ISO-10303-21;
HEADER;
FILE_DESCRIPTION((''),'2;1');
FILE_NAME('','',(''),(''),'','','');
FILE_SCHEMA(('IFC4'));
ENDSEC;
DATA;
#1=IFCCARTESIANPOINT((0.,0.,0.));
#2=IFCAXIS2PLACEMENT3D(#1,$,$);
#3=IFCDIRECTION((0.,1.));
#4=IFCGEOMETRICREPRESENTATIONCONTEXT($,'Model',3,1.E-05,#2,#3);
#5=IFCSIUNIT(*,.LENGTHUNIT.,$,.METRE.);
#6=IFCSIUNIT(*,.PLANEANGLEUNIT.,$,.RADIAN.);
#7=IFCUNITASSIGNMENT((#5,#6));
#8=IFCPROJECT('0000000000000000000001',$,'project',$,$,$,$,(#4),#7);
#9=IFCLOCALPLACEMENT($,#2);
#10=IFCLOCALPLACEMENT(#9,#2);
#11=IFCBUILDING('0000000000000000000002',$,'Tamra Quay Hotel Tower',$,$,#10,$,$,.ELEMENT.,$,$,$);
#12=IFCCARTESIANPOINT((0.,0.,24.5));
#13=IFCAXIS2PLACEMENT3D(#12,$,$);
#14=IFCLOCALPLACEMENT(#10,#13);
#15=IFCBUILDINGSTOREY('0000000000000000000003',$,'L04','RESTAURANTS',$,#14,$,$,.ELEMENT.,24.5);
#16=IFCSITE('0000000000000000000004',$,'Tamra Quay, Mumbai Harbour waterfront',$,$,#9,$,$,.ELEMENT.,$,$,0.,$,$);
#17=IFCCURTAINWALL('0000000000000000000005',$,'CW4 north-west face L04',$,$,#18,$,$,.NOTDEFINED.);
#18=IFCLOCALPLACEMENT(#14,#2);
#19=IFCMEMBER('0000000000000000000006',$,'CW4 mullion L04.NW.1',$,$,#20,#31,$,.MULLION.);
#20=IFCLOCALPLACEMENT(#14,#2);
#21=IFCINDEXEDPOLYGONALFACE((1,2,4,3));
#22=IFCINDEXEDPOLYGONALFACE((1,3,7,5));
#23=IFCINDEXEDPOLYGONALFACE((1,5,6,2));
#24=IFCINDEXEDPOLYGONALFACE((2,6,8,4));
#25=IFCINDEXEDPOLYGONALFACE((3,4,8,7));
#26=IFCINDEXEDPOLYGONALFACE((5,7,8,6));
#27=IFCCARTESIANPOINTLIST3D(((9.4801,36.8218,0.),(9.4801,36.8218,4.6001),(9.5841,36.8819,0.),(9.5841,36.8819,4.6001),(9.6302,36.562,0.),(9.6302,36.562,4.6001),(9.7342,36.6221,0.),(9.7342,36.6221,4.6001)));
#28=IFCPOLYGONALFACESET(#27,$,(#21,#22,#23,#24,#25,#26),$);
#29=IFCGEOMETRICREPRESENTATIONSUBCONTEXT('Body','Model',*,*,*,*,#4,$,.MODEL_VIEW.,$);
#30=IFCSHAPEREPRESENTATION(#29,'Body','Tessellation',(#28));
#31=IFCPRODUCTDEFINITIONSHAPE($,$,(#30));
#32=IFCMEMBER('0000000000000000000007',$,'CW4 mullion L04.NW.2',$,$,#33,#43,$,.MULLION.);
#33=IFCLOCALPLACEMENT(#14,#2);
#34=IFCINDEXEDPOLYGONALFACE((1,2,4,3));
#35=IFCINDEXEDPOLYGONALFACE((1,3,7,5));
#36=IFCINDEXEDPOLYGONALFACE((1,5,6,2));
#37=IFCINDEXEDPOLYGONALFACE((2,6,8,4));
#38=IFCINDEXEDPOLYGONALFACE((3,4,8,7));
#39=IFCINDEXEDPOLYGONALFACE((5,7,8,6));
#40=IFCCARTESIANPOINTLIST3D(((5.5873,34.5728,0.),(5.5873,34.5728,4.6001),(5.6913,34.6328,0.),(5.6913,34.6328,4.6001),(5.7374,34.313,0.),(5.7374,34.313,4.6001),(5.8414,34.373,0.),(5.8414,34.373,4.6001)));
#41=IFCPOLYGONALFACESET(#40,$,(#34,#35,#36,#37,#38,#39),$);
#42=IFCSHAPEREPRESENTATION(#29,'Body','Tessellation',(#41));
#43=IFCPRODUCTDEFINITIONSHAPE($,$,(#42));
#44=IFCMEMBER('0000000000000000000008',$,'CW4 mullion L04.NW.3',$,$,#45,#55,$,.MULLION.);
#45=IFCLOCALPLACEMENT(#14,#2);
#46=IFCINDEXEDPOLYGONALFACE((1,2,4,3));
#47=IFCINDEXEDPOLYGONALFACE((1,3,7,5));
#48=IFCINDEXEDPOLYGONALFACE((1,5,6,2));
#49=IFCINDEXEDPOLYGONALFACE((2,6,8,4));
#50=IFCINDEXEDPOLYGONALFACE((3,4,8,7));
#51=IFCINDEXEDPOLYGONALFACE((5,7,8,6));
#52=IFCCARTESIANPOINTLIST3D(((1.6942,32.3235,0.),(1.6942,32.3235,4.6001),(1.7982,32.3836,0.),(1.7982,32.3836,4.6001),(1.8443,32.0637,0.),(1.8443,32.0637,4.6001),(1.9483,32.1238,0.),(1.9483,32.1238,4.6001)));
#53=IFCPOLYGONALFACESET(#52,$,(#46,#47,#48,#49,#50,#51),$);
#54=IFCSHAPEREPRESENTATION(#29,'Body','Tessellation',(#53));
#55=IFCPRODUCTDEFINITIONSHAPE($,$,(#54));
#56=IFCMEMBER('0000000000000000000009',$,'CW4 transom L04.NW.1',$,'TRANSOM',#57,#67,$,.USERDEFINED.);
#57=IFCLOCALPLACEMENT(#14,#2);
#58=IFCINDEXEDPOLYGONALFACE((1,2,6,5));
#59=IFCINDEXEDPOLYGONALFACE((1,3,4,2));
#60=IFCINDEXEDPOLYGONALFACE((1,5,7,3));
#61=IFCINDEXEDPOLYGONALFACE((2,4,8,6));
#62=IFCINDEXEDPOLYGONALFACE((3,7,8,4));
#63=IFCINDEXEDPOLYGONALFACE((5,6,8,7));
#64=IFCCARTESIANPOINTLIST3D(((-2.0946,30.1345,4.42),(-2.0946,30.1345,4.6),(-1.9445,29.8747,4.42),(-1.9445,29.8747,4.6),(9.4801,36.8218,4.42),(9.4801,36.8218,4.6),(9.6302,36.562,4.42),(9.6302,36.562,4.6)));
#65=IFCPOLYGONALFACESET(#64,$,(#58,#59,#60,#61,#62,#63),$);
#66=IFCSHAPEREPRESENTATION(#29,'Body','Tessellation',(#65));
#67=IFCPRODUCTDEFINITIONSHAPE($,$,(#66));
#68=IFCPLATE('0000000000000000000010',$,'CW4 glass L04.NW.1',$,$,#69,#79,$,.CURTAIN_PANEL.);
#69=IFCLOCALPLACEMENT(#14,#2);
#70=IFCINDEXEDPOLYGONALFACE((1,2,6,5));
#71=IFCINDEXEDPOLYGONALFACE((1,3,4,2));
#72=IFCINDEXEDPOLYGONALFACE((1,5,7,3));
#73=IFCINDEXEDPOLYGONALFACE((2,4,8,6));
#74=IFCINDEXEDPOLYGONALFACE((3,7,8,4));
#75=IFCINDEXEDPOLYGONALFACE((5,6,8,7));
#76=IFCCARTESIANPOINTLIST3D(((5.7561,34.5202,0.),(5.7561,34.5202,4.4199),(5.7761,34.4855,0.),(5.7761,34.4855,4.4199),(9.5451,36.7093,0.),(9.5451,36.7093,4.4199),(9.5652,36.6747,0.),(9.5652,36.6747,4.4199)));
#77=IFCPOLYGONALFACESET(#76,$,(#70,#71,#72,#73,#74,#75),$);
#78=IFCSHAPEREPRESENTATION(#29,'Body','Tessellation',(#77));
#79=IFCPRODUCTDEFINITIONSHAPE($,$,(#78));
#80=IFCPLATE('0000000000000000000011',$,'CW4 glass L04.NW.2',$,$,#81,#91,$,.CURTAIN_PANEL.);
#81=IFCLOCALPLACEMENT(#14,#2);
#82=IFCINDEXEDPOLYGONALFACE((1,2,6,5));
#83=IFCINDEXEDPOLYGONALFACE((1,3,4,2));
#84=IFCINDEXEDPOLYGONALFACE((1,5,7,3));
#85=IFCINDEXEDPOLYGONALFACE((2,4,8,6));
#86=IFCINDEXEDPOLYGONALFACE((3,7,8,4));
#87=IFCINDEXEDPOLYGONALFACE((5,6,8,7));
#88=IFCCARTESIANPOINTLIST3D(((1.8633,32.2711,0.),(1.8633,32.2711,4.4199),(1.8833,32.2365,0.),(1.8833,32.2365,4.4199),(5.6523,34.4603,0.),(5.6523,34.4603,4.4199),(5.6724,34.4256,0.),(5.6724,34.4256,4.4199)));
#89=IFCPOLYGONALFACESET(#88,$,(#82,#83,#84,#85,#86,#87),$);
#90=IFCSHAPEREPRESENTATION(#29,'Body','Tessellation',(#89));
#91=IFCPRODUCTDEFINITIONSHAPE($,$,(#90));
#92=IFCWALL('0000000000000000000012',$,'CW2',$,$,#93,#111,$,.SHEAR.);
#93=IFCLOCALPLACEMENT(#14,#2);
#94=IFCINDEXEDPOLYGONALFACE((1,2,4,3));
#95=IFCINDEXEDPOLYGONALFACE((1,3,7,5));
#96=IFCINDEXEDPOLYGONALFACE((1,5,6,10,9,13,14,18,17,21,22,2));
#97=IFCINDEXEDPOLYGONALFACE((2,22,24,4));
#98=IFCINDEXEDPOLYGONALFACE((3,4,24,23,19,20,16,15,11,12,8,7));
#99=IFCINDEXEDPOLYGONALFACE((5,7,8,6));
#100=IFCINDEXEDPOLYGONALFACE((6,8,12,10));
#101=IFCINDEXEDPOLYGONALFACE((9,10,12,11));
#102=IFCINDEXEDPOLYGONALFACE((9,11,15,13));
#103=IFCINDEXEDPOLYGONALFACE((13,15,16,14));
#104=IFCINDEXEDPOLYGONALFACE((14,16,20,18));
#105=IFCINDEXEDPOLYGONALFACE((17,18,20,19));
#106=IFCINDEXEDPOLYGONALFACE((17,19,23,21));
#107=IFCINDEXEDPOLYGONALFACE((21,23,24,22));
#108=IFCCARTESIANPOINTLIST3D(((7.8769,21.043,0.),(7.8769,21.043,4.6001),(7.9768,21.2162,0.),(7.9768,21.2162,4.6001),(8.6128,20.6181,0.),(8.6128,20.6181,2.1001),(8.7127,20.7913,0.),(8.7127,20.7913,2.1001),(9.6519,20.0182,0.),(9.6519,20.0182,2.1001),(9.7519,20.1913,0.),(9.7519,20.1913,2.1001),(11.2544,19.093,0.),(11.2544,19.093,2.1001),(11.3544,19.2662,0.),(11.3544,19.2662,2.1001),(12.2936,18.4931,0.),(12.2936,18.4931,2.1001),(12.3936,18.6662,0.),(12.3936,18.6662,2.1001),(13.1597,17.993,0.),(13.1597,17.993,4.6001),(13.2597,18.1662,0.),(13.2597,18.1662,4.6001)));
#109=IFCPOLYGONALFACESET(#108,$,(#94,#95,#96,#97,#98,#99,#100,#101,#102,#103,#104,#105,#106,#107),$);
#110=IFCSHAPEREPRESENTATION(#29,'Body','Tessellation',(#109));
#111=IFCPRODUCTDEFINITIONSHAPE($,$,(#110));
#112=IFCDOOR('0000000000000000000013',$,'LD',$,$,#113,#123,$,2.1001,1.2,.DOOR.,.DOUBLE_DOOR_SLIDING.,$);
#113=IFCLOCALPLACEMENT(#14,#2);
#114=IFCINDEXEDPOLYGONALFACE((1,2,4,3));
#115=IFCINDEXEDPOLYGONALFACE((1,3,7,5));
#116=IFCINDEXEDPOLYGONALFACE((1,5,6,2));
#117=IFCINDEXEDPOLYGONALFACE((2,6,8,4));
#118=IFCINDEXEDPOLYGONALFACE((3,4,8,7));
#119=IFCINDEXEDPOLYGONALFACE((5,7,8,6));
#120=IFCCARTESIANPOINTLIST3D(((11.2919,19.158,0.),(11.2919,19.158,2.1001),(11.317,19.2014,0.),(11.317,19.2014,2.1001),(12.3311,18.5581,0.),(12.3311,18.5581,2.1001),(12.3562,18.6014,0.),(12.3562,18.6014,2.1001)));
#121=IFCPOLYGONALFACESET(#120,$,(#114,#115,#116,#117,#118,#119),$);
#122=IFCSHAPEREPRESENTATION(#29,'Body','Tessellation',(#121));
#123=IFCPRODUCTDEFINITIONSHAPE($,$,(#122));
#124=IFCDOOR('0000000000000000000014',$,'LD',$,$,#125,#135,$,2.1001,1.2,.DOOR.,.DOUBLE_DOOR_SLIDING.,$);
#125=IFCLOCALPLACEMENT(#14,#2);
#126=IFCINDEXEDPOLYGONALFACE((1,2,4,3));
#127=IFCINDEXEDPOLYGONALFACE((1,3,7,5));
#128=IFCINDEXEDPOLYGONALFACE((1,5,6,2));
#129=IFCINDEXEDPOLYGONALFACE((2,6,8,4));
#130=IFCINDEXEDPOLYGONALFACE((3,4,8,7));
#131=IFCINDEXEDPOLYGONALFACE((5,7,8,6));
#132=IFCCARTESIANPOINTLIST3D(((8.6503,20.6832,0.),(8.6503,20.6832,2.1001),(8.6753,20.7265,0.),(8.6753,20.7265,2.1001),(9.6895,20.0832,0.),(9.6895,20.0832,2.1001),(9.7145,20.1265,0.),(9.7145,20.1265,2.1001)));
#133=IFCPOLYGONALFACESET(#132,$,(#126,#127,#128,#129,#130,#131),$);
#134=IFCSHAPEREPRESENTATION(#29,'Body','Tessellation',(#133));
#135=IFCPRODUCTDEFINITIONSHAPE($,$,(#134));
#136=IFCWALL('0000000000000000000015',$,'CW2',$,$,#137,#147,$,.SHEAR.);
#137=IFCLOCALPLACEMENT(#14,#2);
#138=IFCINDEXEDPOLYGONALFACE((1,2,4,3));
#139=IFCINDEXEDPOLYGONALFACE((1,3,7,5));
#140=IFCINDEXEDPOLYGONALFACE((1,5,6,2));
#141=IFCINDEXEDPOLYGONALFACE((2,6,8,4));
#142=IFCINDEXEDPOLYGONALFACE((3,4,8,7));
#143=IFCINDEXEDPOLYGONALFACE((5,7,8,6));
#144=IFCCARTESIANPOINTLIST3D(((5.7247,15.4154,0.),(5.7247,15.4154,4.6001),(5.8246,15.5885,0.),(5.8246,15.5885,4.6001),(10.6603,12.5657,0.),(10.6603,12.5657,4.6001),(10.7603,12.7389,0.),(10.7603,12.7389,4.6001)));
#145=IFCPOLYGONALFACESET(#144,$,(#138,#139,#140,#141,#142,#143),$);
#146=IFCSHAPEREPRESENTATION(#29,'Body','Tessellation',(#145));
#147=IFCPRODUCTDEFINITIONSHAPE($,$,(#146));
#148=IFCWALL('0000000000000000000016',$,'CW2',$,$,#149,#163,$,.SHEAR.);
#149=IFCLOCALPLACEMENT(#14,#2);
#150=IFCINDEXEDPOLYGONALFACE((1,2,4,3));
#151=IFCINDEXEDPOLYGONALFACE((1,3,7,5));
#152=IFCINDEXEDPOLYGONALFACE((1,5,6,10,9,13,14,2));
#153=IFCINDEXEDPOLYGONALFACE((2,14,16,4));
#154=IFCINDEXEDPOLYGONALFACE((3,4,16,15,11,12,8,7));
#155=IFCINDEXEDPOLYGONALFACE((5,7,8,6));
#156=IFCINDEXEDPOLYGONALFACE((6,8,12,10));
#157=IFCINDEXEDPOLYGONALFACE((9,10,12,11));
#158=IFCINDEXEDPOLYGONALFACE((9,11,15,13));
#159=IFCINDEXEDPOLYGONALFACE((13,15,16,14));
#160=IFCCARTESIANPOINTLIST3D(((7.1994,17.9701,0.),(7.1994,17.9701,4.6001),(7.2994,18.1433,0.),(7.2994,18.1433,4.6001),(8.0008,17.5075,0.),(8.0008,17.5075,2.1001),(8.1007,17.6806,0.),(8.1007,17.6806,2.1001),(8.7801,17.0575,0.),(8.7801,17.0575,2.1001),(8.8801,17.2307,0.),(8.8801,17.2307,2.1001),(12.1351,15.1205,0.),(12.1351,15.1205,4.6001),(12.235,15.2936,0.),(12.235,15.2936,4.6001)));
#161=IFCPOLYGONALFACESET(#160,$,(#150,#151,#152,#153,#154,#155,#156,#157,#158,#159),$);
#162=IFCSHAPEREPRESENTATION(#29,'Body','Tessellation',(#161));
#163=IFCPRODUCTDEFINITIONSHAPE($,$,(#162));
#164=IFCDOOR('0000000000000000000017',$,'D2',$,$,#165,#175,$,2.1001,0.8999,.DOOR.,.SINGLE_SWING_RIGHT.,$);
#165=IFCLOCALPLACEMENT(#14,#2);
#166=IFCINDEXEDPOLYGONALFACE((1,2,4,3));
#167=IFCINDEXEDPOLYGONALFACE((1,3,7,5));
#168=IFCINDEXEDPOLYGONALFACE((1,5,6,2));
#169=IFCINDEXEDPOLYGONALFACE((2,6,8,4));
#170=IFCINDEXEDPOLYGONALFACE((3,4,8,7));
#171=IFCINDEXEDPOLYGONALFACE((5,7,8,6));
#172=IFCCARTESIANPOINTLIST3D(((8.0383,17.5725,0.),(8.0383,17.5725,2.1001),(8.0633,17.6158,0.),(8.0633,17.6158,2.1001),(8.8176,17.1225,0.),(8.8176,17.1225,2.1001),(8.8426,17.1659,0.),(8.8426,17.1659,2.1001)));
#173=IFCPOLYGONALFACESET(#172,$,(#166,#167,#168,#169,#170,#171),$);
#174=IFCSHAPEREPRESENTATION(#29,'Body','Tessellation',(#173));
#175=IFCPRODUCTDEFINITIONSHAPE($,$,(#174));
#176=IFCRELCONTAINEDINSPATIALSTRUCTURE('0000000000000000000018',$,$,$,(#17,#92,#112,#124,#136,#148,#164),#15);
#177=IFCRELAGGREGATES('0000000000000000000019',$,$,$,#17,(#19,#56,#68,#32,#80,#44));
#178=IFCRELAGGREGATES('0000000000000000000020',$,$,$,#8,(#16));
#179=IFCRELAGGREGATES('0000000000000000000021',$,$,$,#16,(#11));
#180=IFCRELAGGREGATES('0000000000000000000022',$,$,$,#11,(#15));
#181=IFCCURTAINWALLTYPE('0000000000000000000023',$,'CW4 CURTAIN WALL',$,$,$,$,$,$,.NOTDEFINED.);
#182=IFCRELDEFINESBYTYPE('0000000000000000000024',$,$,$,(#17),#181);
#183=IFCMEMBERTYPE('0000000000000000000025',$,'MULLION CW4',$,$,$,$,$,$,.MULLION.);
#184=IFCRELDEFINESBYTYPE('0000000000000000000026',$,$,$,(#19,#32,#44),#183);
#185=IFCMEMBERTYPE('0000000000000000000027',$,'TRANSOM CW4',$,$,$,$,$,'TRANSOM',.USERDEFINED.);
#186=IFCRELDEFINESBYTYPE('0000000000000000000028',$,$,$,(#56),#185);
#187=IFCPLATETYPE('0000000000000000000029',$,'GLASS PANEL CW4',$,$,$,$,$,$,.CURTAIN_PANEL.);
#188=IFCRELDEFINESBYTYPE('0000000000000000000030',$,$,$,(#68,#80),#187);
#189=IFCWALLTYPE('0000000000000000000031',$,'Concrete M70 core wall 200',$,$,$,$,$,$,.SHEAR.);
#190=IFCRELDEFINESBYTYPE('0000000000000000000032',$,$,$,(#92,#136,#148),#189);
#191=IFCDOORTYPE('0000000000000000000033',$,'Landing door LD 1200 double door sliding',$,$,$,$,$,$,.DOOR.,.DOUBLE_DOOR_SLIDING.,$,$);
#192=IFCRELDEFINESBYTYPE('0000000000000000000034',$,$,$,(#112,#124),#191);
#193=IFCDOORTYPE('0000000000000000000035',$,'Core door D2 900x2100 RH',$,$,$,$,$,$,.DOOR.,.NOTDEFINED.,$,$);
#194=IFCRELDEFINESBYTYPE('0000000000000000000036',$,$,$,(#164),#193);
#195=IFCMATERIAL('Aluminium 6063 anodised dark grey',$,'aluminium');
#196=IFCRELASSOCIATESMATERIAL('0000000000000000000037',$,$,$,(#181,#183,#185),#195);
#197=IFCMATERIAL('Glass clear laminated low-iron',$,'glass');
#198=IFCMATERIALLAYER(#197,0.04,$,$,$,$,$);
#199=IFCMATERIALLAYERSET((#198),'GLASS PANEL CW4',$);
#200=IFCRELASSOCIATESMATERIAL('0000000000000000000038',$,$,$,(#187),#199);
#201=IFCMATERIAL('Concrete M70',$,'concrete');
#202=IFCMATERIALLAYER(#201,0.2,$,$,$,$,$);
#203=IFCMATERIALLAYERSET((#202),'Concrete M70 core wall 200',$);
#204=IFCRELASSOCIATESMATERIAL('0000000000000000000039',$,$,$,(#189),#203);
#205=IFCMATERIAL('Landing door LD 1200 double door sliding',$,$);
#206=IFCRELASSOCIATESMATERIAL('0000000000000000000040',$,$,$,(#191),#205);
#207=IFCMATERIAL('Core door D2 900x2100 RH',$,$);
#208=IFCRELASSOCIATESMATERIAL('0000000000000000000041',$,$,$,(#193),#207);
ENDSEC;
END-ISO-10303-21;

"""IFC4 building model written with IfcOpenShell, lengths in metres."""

from ifc_helpers import new_model, si_unit, direction, frame, frame_2d, origin, origin_2d, place, context, subcontext, project, spatial, rectangle, extrude, material, layer, layer_set, material_profile, profile_set, type_object, element, fill, aggregate, save


model = new_model("IFC4")

# Units and contexts
model_context = context("Model", 3, precision=1e-05, world=origin(), true_north=direction((0.0, 1.0)))
body_context = subcontext(model_context, "Body", "Model", "MODEL_VIEW")
ifc_project = project(units=[si_unit("LENGTHUNIT", "METRE"), si_unit("PLANEANGLEUNIT", "RADIAN")], contexts=[model_context])

# Site, building, storey
site_placement = place(None, origin())
site = spatial("IfcSite", under=ifc_project, at=site_placement, Name="Tamra Quay, Mumbai Harbour waterfront", CompositionType="ELEMENT", RefElevation=0.0)
building_placement = place(site_placement, origin())
building = spatial("IfcBuilding", under=site, at=building_placement, Name="Tamra Quay Hotel Tower", CompositionType="ELEMENT")
storey_placement = place(building_placement, frame((0.0, 0.0, 24.5)))
storey = spatial("IfcBuildingStorey", under=building, at=storey_placement, Name="L04", Description="RESTAURANTS", CompositionType="ELEMENT", Elevation=24.5)

# Curtain wall, members, plates
ifc_material_1 = material(Name="Aluminium 6063 anodised dark grey", Category="aluminium")
curtain_wall_type = type_object("IfcCurtainWallType", Name="CW4 CURTAIN WALL", PredefinedType="NOTDEFINED", material=ifc_material_1)
curtain_wall_placement = place(storey_placement, origin())
curtain_wall = element("IfcCurtainWall", 1, at=curtain_wall_placement, inside=storey, type_object=curtain_wall_type, Name="CW4 north-west face L04", PredefinedType="NOTDEFINED")
ifc_material_profile_1 = material_profile(ifc_material_1, rectangle(XDim=0.3, YDim=0.1201, at=origin_2d()), Name="MULLION 120X300")
ifc_profile_set_1 = profile_set([ifc_material_profile_1], Name="Aluminium 6063 anodised dark grey")
member_type_1 = type_object("IfcMemberType", Name="MULLION CW4", PredefinedType="MULLION", material=ifc_profile_set_1)
member_1_placement = place(storey_placement, frame((9.6072, 36.7219, 0.0), z_axis=(0.0, 0.0, 1.0), x_axis=(-0.500265, 0.865872, 0.0)))
member_1 = element("IfcMember", 2, at=member_1_placement, type_object=member_type_1, Name="CW4 mullion L04.NW.1", PredefinedType="MULLION", context=body_context, shape_type="SweptSolid", body=[
    extrude(rectangle(XDim=0.3, YDim=0.1201, at=origin_2d()), origin(), (0.0, 0.0, 1.0), 4.6001),
])
member_2_placement = place(storey_placement, frame((5.7144, 34.4729, 0.0), z_axis=(0.0, 0.0, 1.0), x_axis=(-0.500265, 0.865872, 0.0)))
member_2 = element("IfcMember", 3, at=member_2_placement, type_object=member_type_1, Name="CW4 mullion L04.NW.2", PredefinedType="MULLION", context=body_context, shape_type="SweptSolid", body=[
    extrude(rectangle(XDim=0.3, YDim=0.1201, at=origin_2d()), origin(), (0.0, 0.0, 1.0), 4.6001),
])
member_3_placement = place(storey_placement, frame((1.8213, 32.2236, 0.0), z_axis=(0.0, 0.0, 1.0), x_axis=(-0.500265, 0.865872, 0.0)))
member_3 = element("IfcMember", 4, at=member_3_placement, type_object=member_type_1, Name="CW4 mullion L04.NW.3", PredefinedType="MULLION", context=body_context, shape_type="SweptSolid", body=[
    extrude(rectangle(XDim=0.3, YDim=0.1201, at=origin_2d()), origin(), (0.0, 0.0, 1.0), 4.6001),
])
ifc_material_profile_2 = material_profile(ifc_material_1, rectangle(XDim=0.3, YDim=0.1799, at=origin_2d()), Name="TRANSOM 300X180")
ifc_profile_set_2 = profile_set([ifc_material_profile_2], Name="Aluminium 6063 anodised dark grey")
member_type_2 = type_object("IfcMemberType", Name="TRANSOM CW4", ElementType="TRANSOM", PredefinedType="USERDEFINED", material=ifc_profile_set_2)
member_4_placement = place(storey_placement, frame((9.5552, 36.6919, 4.51), z_axis=(-0.865877, -0.500258, 0.0), x_axis=(0.500258, -0.865877, 0.0)))
member_4 = element("IfcMember", 5, at=member_4_placement, type_object=member_type_2, Name="CW4 transom L04.NW.1", ObjectType="TRANSOM", PredefinedType="USERDEFINED", context=body_context, shape_type="SweptSolid", body=[
    extrude(rectangle(XDim=0.3, YDim=0.1799, at=origin_2d()), origin(), (0.0, 0.0, 1.0), 13.3677),
])
ifc_material_2 = material(Name="Glass clear laminated low-iron", Category="glass")
ifc_layer_1 = layer(ifc_material_2, 0.04)
ifc_layer_set_1 = layer_set([ifc_layer_1], Name="GLASS PANEL CW4")
plate_type = type_object("IfcPlateType", Name="GLASS PANEL CW4", PredefinedType="CURTAIN_PANEL", material=ifc_layer_set_1)
plate_1_placement = place(storey_placement, frame((7.6606, 35.5974, 0.0), z_axis=(0.0, 0.0, 1.0), x_axis=(-0.865872, -0.500265, 0.0)))
plate_1 = element("IfcPlate", 6, at=plate_1_placement, type_object=plate_type, Name="CW4 glass L04.NW.1", PredefinedType="CURTAIN_PANEL", context=body_context, shape_type="SweptSolid", body=[
    extrude(rectangle(XDim=4.376, YDim=0.04, at=origin_2d()), origin(), (0.0, 0.0, 1.0), 4.4199),
])
plate_2_placement = place(storey_placement, frame((3.7678, 33.3484, 0.0), z_axis=(0.0, 0.0, 1.0), x_axis=(-0.865872, -0.500265, 0.0)))
plate_2 = element("IfcPlate", 7, at=plate_2_placement, type_object=plate_type, Name="CW4 glass L04.NW.2", PredefinedType="CURTAIN_PANEL", context=body_context, shape_type="SweptSolid", body=[
    extrude(rectangle(XDim=4.376, YDim=0.04, at=origin_2d()), origin(), (0.0, 0.0, 1.0), 4.4199),
])
aggregate(curtain_wall, [member_1, member_4, plate_1, member_2, plate_2, member_3])

# Wall, openings, doors
ifc_material_3 = material(Name="Concrete M70", Category="concrete")
ifc_layer_2 = layer(ifc_material_3, 0.2)
ifc_layer_set_2 = layer_set([ifc_layer_2], Name="Concrete M70 core wall 200")
wall_type_1 = type_object("IfcWallType", Name="Concrete M70 core wall 200", PredefinedType="SHEAR", material=ifc_layer_set_2)
wall_1_placement = place(storey_placement, frame((13.2097, 18.0796, 0.0), z_axis=(0.0, 0.0, 1.0), x_axis=(-0.86603, 0.499992, 0.0)))
wall_1 = element("IfcWall", 8, at=wall_1_placement, inside=storey, type_object=wall_type_1, Name="CW2", PredefinedType="SHEAR", context=body_context, shape_type="SweptSolid", body=[
    extrude(rectangle(XDim=6.1001, YDim=0.2, at=frame_2d((3.05, 0.0))), origin(), (0.0, 0.0, 1.0), 4.6001),
])
opening_1_placement = place(wall_1_placement, frame((1.0, 0.0, 0.0)))
opening_1 = element("IfcOpeningElement", 9, at=opening_1_placement, cuts=wall_1, PredefinedType="OPENING", context=body_context, shape_type="SweptSolid", body=[
    extrude(rectangle(XDim=1.2, YDim=2.1001, at=frame_2d((0.6001, 1.05))), frame((0.0, 0.1099, 0.0), z_axis=(0.0, -1.0, 0.0), x_axis=(1.0, 0.0, 0.0)), (0.0, 0.0, 1.0), 0.22),
])
opening_2_placement = place(wall_1_placement, frame((4.0503, 0.0, 0.0)))
opening_2 = element("IfcOpeningElement", 10, at=opening_2_placement, cuts=wall_1, PredefinedType="OPENING", context=body_context, shape_type="SweptSolid", body=[
    extrude(rectangle(XDim=1.2, YDim=2.1001, at=frame_2d((0.6001, 1.05))), frame((0.0, 0.1099, 0.0), z_axis=(0.0, -1.0, 0.0), x_axis=(1.0, 0.0, 0.0)), (0.0, 0.0, 1.0), 0.22),
])
ifc_material_4 = material(Name="Landing door LD 1200 double door sliding")
door_type_1 = type_object("IfcDoorType", Name="Landing door LD 1200 double door sliding", OperationType="DOUBLE_DOOR_SLIDING", PredefinedType="DOOR", material=ifc_material_4)
door_1_placement = place(opening_1_placement, origin())
door_1 = element("IfcDoor", 11, at=door_1_placement, inside=storey, type_object=door_type_1, Name="LD", OperationType="DOUBLE_DOOR_SLIDING", OverallHeight=2.1001, OverallWidth=1.2, PredefinedType="DOOR", context=body_context, shape_type="SweptSolid", body=[
    extrude(rectangle(XDim=1.2, YDim=2.1001, at=frame_2d((0.6001, 1.05))), frame((0.0, 0.0249, 0.0), z_axis=(0.0, -1.0, 0.0), x_axis=(1.0, 0.0, 0.0)), (0.0, 0.0, 1.0), 0.05),
])
fill(opening_1, door_1)
door_2_placement = place(opening_2_placement, origin())
door_2 = element("IfcDoor", 12, at=door_2_placement, inside=storey, type_object=door_type_1, Name="LD", OperationType="DOUBLE_DOOR_SLIDING", OverallHeight=2.1001, OverallWidth=1.2, PredefinedType="DOOR", context=body_context, shape_type="SweptSolid", body=[
    extrude(rectangle(XDim=1.2, YDim=2.1001, at=frame_2d((0.6001, 1.05))), frame((0.0, 0.0249, 0.0), z_axis=(0.0, -1.0, 0.0), x_axis=(1.0, 0.0, 0.0)), (0.0, 0.0, 1.0), 0.05),
])
fill(opening_2, door_2)

# Wall
wall_2_placement = place(storey_placement, frame((5.7747, 15.502, 0.0), z_axis=(0.0, 0.0, 1.0), x_axis=(0.86602, -0.500009, 0.0)))
element("IfcWall", 13, at=wall_2_placement, inside=storey, type_object=wall_type_1, Name="CW2", PredefinedType="SHEAR", context=body_context, shape_type="SweptSolid", body=[
    extrude(rectangle(XDim=5.6992, YDim=0.2, at=frame_2d((2.8496, 0.0))), origin(), (0.0, 0.0, 1.0), 4.6001),
])

# Wall, opening, door
wall_3_placement = place(storey_placement, frame((12.1851, 15.207, 0.0), z_axis=(0.0, 0.0, 1.0), x_axis=(-0.86602, 0.500009, 0.0)))
wall_3 = element("IfcWall", 14, at=wall_3_placement, inside=storey, type_object=wall_type_1, Name="CW2", PredefinedType="SHEAR", context=body_context, shape_type="SweptSolid", body=[
    extrude(rectangle(XDim=5.6992, YDim=0.2, at=frame_2d((2.8496, 0.0))), origin(), (0.0, 0.0, 1.0), 4.6001),
])
opening_3_placement = place(wall_3_placement, frame((3.874, 0.0, 0.0)))
opening_3 = element("IfcOpeningElement", 15, at=opening_3_placement, cuts=wall_3, PredefinedType="OPENING", context=body_context, shape_type="SweptSolid", body=[
    extrude(rectangle(XDim=0.8999, YDim=2.1001, at=frame_2d((0.45, 1.05))), frame((0.0, 0.1099, 0.0), z_axis=(0.0, -1.0, 0.0), x_axis=(1.0, 0.0, 0.0)), (0.0, 0.0, 1.0), 0.22),
])
ifc_material_5 = material(Name="Core door D2 900x2100 RH")
door_type_2 = type_object("IfcDoorType", Name="Core door D2 900x2100 RH", OperationType="NOTDEFINED", PredefinedType="DOOR", material=ifc_material_5)
door_3_placement = place(opening_3_placement, origin())
door_3 = element("IfcDoor", 16, at=door_3_placement, inside=storey, type_object=door_type_2, Name="D2", OperationType="SINGLE_SWING_RIGHT", OverallHeight=2.1001, OverallWidth=0.8999, PredefinedType="DOOR", context=body_context, shape_type="SweptSolid", body=[
    extrude(rectangle(XDim=0.8999, YDim=2.1001, at=frame_2d((0.45, 1.05))), frame((0.0, 0.0249, 0.0), z_axis=(0.0, -1.0, 0.0), x_axis=(1.0, 0.0, 0.0)), (0.0, 0.0, 1.0), 0.05),
])
fill(opening_3, door_3)

save(model, "model.ifc")
